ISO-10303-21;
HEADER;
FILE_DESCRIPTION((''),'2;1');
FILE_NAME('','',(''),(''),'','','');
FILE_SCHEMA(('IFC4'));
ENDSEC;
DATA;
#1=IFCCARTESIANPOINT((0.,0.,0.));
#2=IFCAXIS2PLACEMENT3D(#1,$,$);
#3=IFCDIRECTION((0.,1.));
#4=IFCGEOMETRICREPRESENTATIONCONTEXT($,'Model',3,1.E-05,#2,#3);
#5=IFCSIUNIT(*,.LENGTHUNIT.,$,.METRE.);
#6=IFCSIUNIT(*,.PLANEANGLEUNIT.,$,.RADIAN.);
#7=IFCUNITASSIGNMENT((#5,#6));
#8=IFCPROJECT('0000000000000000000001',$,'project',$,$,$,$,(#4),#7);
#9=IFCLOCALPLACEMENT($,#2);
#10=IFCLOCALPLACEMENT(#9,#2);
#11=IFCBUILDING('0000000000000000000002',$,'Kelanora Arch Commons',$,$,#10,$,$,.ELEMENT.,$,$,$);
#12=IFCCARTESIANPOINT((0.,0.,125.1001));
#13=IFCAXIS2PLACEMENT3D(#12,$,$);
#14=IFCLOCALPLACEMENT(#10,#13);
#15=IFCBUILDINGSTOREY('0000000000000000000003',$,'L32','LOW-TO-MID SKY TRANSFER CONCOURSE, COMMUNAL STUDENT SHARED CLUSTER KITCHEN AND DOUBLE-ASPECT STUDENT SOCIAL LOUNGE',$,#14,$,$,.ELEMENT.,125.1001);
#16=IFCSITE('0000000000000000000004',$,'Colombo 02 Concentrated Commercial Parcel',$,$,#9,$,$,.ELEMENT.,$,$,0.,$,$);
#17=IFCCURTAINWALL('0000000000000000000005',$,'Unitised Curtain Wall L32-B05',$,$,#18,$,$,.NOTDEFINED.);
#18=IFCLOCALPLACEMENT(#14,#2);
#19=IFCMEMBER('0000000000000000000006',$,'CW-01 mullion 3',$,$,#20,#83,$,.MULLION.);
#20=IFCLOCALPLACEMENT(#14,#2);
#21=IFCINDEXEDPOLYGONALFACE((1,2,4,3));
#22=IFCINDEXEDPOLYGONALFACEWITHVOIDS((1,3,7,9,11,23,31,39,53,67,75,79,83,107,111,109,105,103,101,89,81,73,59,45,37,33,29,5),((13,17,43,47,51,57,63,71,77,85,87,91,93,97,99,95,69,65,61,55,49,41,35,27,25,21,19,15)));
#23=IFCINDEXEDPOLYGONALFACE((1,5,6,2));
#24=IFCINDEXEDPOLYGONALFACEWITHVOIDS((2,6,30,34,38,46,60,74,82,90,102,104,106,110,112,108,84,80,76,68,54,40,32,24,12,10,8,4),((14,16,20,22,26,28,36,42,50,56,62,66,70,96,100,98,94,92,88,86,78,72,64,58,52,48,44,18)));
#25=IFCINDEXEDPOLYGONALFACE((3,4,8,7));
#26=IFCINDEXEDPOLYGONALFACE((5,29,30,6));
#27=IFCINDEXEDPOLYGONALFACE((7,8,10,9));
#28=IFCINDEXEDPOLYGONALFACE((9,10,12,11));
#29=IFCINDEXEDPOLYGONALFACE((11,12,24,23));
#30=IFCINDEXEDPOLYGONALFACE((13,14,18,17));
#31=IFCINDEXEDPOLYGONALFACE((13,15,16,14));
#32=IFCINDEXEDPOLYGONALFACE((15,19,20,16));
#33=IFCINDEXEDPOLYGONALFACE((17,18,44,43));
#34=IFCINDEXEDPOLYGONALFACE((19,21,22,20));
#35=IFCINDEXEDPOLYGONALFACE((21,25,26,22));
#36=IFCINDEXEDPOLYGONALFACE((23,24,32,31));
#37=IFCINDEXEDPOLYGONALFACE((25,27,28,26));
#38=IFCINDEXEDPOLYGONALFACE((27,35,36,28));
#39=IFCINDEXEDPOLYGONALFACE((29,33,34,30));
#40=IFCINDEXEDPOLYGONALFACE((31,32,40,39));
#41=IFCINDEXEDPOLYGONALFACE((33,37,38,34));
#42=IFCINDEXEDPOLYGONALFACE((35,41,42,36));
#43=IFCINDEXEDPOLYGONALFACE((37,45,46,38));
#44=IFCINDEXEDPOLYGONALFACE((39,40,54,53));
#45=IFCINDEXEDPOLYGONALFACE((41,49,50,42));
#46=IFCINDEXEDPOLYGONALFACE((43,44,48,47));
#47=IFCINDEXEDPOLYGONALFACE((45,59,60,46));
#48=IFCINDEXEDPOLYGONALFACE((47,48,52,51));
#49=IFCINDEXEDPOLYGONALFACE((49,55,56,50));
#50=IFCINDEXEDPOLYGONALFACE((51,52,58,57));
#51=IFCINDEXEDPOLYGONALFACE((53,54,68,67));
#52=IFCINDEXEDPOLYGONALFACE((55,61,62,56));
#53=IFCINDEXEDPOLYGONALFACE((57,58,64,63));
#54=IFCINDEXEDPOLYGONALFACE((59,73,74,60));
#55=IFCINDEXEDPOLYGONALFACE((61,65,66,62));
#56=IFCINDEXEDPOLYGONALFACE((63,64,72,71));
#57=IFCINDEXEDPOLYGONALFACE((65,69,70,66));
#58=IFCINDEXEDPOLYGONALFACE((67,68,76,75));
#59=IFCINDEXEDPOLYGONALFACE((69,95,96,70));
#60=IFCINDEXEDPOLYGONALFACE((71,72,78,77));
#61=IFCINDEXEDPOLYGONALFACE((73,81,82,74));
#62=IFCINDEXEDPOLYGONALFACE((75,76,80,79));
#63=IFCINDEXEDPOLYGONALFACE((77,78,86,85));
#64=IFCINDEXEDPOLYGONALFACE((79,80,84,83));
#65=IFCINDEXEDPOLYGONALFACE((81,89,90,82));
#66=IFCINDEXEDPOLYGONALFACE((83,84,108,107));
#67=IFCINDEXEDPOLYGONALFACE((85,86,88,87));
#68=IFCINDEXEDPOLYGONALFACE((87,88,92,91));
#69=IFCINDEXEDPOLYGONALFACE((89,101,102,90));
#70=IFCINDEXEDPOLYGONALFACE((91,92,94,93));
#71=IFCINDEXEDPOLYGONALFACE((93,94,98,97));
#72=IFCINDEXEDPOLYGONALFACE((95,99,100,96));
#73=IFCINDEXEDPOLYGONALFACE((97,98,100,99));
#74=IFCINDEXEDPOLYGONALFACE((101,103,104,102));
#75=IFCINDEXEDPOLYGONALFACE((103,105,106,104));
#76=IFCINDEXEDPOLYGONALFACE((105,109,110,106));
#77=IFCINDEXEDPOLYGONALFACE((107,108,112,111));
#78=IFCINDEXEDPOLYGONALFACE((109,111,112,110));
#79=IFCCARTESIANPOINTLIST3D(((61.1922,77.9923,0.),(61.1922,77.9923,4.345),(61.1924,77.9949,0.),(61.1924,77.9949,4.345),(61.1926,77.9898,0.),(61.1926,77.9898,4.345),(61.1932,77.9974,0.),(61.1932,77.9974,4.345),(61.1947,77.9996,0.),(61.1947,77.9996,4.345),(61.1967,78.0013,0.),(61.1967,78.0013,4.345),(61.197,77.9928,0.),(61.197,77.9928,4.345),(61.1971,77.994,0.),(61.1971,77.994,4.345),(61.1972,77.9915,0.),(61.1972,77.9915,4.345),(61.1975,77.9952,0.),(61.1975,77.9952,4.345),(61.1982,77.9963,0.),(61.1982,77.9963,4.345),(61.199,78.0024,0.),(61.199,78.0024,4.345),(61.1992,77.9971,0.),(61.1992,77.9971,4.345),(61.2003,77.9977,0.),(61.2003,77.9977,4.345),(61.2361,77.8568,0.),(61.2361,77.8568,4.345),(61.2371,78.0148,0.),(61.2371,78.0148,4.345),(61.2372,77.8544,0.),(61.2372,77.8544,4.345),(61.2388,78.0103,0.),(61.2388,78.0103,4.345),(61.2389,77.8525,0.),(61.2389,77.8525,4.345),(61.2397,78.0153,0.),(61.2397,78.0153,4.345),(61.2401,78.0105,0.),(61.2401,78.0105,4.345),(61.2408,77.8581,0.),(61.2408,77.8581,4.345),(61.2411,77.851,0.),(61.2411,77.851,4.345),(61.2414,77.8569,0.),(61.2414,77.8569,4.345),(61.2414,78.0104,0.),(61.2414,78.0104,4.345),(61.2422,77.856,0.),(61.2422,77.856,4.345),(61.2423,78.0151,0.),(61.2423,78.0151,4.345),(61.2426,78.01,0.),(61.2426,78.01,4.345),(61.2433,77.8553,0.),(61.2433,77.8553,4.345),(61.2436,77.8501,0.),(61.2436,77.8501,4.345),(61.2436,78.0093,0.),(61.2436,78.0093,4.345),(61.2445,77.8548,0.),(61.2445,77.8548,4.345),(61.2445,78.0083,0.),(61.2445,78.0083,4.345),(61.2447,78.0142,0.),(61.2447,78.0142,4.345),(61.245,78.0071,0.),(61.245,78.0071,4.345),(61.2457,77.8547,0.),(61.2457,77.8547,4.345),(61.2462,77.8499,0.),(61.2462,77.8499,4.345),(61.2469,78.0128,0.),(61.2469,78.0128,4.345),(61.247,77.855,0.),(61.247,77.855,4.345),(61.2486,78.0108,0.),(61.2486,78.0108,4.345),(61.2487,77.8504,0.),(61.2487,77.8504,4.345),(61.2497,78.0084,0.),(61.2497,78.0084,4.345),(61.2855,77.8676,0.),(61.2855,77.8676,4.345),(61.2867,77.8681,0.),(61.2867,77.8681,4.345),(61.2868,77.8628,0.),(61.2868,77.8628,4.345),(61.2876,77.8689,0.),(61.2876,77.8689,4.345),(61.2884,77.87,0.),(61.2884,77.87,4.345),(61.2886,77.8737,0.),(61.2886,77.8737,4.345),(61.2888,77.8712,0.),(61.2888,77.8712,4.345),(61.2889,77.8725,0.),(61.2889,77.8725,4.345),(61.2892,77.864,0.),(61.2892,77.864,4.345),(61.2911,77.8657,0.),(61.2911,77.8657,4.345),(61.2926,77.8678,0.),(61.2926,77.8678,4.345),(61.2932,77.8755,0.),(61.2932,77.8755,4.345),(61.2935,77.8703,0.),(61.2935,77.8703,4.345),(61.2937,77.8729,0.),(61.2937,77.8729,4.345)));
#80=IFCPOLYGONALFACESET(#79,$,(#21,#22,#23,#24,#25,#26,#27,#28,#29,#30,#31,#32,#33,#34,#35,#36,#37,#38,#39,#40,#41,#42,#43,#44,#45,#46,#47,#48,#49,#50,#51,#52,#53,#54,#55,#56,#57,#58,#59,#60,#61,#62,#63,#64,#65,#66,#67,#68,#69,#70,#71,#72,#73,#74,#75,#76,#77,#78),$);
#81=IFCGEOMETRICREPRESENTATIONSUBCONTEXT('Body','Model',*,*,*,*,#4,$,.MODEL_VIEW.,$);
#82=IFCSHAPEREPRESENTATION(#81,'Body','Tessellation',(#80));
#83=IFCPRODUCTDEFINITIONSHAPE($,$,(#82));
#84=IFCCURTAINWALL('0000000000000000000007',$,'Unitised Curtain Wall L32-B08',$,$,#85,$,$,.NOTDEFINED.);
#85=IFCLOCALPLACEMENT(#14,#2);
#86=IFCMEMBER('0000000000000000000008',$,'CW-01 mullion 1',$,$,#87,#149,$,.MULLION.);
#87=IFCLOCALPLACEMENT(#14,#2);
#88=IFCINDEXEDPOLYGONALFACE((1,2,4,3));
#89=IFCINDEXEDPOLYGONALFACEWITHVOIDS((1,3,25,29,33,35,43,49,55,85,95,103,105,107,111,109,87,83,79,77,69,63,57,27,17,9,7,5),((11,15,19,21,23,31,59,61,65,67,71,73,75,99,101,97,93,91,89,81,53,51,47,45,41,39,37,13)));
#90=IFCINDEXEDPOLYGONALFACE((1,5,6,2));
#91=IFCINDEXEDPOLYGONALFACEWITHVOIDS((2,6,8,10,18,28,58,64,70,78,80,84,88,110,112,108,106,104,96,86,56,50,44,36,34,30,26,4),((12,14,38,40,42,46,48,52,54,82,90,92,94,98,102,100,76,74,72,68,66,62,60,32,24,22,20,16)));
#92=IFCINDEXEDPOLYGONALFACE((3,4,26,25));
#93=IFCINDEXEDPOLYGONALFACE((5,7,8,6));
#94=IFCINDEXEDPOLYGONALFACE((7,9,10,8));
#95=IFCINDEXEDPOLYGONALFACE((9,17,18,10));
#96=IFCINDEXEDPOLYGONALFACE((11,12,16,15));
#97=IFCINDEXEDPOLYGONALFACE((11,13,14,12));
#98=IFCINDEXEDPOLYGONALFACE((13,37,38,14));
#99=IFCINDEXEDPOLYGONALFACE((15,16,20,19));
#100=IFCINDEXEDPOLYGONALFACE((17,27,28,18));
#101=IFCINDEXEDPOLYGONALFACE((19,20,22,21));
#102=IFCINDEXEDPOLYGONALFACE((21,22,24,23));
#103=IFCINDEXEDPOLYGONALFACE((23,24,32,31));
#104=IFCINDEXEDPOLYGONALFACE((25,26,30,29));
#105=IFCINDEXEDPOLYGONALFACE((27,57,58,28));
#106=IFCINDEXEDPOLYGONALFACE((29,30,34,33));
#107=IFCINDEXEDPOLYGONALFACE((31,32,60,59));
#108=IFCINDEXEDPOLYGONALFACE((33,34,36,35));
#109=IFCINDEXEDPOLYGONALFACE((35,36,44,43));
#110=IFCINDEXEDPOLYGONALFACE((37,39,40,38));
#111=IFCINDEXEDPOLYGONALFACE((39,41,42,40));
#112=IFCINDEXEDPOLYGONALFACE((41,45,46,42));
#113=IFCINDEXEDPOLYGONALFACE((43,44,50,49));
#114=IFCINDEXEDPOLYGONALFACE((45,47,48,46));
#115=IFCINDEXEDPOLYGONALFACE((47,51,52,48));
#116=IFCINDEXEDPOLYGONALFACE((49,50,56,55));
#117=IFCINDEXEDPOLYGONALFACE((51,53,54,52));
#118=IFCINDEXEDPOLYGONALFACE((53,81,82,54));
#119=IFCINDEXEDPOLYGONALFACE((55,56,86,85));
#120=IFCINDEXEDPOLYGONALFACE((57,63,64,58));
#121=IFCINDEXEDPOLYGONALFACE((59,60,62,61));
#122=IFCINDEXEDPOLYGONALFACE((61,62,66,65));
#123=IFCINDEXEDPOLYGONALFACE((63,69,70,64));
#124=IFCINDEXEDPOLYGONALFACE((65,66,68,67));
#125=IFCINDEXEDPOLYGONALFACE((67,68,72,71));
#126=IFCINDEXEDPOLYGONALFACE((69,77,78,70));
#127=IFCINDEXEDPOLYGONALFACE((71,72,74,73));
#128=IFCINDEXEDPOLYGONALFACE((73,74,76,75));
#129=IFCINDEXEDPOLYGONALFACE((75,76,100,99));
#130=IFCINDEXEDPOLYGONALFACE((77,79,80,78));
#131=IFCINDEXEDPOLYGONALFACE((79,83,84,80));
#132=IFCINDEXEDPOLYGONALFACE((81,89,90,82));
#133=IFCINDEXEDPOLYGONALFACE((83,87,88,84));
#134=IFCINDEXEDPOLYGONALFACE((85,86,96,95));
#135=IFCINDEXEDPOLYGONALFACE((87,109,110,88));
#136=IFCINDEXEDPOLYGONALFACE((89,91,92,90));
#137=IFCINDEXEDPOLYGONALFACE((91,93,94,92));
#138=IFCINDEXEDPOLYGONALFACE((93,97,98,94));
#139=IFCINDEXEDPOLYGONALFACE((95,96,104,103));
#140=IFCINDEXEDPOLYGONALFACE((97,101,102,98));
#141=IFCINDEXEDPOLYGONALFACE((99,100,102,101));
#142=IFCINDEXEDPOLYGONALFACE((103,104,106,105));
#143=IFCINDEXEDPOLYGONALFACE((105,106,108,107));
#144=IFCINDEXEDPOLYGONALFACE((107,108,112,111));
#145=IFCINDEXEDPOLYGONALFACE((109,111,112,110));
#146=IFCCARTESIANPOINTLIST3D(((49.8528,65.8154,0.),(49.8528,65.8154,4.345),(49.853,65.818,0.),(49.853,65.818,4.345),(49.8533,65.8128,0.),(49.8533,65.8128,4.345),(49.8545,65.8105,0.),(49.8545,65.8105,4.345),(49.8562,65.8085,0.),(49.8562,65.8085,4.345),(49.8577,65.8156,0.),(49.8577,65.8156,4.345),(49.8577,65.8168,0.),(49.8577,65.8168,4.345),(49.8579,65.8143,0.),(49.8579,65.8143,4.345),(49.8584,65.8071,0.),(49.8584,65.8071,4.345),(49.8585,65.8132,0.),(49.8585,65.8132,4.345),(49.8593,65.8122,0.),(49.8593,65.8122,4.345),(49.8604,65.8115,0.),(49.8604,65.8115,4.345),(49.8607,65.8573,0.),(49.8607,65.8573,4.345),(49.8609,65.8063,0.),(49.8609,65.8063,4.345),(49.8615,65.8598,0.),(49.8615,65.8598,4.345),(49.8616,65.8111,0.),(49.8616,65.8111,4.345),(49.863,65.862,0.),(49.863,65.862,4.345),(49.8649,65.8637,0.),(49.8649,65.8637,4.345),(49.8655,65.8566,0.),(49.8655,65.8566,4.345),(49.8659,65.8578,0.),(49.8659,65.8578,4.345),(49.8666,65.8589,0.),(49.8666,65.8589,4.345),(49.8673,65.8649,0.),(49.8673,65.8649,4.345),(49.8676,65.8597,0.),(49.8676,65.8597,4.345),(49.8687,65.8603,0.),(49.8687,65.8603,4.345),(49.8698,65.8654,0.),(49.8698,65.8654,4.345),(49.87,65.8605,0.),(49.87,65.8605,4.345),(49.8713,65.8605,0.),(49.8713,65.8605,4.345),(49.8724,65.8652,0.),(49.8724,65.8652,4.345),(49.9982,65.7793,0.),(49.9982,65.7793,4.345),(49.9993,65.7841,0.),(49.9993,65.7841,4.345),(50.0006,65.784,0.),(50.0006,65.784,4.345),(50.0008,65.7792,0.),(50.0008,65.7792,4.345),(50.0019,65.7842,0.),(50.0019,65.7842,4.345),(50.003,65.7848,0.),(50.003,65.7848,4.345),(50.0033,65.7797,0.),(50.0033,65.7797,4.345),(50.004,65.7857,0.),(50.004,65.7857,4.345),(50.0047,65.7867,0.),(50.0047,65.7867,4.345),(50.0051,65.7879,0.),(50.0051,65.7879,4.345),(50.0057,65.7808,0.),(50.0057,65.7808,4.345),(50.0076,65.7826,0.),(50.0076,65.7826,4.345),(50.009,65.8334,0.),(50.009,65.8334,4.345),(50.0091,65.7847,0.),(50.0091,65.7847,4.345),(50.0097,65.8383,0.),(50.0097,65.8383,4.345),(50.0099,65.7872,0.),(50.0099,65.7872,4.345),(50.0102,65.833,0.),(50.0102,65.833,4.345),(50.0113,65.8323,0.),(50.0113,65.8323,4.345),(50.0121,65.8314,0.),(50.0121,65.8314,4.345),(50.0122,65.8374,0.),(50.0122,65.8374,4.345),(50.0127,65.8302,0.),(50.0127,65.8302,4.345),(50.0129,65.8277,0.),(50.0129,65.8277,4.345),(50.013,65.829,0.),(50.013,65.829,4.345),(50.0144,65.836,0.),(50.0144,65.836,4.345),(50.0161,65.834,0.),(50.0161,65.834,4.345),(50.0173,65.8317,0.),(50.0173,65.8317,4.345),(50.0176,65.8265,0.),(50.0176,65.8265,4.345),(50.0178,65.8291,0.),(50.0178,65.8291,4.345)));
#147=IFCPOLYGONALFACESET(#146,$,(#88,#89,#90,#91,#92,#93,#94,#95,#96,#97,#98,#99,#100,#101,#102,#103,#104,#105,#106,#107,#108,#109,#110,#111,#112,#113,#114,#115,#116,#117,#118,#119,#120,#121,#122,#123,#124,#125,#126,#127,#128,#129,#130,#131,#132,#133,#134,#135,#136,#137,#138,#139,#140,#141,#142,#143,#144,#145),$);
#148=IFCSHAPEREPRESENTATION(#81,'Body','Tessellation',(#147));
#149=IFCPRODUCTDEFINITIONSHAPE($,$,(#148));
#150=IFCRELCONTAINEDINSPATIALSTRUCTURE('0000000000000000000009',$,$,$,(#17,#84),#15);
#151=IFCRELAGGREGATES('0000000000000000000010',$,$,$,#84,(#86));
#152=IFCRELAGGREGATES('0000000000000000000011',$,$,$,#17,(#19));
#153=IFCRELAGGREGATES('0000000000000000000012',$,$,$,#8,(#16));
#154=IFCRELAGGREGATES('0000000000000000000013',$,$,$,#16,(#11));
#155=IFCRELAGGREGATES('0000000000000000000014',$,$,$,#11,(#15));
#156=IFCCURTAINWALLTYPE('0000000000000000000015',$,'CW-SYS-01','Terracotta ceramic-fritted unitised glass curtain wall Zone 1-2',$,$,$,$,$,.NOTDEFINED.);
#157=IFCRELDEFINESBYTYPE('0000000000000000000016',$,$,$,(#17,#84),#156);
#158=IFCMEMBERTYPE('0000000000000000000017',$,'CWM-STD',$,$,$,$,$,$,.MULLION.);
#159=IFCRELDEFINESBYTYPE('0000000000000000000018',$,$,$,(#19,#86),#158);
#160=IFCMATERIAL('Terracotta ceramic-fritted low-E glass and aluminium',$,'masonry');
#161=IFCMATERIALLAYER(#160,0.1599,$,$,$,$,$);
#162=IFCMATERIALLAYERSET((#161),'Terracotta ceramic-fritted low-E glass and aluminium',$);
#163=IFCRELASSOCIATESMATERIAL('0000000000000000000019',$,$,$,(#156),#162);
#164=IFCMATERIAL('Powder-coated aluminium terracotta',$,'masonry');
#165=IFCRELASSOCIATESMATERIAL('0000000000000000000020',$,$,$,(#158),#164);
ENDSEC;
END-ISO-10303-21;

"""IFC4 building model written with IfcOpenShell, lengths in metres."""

from ifc_helpers import new_model, si_unit, direction, frame, origin, origin_2d, place, context, subcontext, project, spatial, hollow_rectangle, extrude, material, layer, layer_set, material_profile, profile_set, type_object, element, aggregate, save


model = new_model("IFC4")

# Units and contexts
model_context = context("Model", 3, precision=1e-05, world=origin(), true_north=direction((0.0, 1.0)))
body_context = subcontext(model_context, "Body", "Model", "MODEL_VIEW")
ifc_project = project(units=[si_unit("LENGTHUNIT", "METRE"), si_unit("PLANEANGLEUNIT", "RADIAN")], contexts=[model_context])

# Site, building, storey
site_placement = place(None, origin())
site = spatial("IfcSite", under=ifc_project, at=site_placement, Name="Colombo 02 Concentrated Commercial Parcel", CompositionType="ELEMENT", RefElevation=0.0)
building_placement = place(site_placement, origin())
building = spatial("IfcBuilding", under=site, at=building_placement, Name="Kelanora Arch Commons", CompositionType="ELEMENT")
storey_placement = place(building_placement, frame((0.0, 0.0, 125.1001)))
storey = spatial("IfcBuildingStorey", under=building, at=storey_placement, Name="L32", Description="LOW-TO-MID SKY TRANSFER CONCOURSE, COMMUNAL STUDENT SHARED CLUSTER KITCHEN AND DOUBLE-ASPECT STUDENT SOCIAL LOUNGE", CompositionType="ELEMENT", Elevation=125.1001)

# Curtain wall, member
ifc_material_1 = material(Name="Terracotta ceramic-fritted low-E glass and aluminium", Category="masonry")
ifc_layer_1 = layer(ifc_material_1, 0.1599)
ifc_layer_set_1 = layer_set([ifc_layer_1], Name="Terracotta ceramic-fritted low-E glass and aluminium")
curtain_wall_type = type_object("IfcCurtainWallType", Name="CW-SYS-01", Description="Terracotta ceramic-fritted unitised glass curtain wall Zone 1-2", PredefinedType="NOTDEFINED", material=ifc_layer_set_1)
curtain_wall_1_placement = place(storey_placement, origin())
curtain_wall_1 = element("IfcCurtainWall", 1, at=curtain_wall_1_placement, inside=storey, type_object=curtain_wall_type, Name="Unitised Curtain Wall L32-B05", PredefinedType="NOTDEFINED")
ifc_material_2 = material(Name="Powder-coated aluminium terracotta", Category="masonry")
ifc_material_profile_1 = material_profile(ifc_material_2, hollow_rectangle(XDim=0.1599, YDim=0.0601, WallThickness=0.0049, InnerFilletRadius=0.0049, OuterFilletRadius=0.01, at=origin_2d()), Name="CWM160x60")
ifc_profile_set_1 = profile_set([ifc_material_profile_1], Name="Powder-coated aluminium terracotta")
member_type_1 = type_object("IfcMemberType", Name="CWM-STD", PredefinedType="MULLION", material=ifc_profile_set_1)
member_1_placement = place(storey_placement, frame((61.2429, 77.9326, 0.0), z_axis=(0.0, 0.0, 1.0), x_axis=(0.310805, -0.950474, 0.0)))
member_1 = element("IfcMember", 2, at=member_1_placement, type_object=member_type_1, Name="CW-01 mullion 3", PredefinedType="MULLION", context=body_context, shape_type="SweptSolid", body=[
    extrude(hollow_rectangle(XDim=0.1599, YDim=0.0601, WallThickness=0.0049, InnerFilletRadius=0.0049, OuterFilletRadius=0.01, at=origin_2d()), origin(), (0.0, 0.0, 1.0), 4.345),
])

# Curtain wall, member
curtain_wall_2_placement = place(storey_placement, origin())
curtain_wall_2 = element("IfcCurtainWall", 3, at=curtain_wall_2_placement, inside=storey, type_object=curtain_wall_type, Name="Unitised Curtain Wall L32-B08", PredefinedType="NOTDEFINED")
member_2_placement = place(storey_placement, frame((49.9353, 65.8223, 0.0), z_axis=(0.0, 0.0, 1.0), x_axis=(0.98128, -0.192585, 0.0)))
member_2 = element("IfcMember", 4, at=member_2_placement, type_object=member_type_1, Name="CW-01 mullion 1", PredefinedType="MULLION", context=body_context, shape_type="SweptSolid", body=[
    extrude(hollow_rectangle(XDim=0.1599, YDim=0.0601, WallThickness=0.0049, InnerFilletRadius=0.0049, OuterFilletRadius=0.01, at=origin_2d()), origin(), (0.0, 0.0, 1.0), 4.345),
])
aggregate(curtain_wall_2, [member_2])

aggregate(curtain_wall_1, [member_1])

save(model, "model.ifc")
